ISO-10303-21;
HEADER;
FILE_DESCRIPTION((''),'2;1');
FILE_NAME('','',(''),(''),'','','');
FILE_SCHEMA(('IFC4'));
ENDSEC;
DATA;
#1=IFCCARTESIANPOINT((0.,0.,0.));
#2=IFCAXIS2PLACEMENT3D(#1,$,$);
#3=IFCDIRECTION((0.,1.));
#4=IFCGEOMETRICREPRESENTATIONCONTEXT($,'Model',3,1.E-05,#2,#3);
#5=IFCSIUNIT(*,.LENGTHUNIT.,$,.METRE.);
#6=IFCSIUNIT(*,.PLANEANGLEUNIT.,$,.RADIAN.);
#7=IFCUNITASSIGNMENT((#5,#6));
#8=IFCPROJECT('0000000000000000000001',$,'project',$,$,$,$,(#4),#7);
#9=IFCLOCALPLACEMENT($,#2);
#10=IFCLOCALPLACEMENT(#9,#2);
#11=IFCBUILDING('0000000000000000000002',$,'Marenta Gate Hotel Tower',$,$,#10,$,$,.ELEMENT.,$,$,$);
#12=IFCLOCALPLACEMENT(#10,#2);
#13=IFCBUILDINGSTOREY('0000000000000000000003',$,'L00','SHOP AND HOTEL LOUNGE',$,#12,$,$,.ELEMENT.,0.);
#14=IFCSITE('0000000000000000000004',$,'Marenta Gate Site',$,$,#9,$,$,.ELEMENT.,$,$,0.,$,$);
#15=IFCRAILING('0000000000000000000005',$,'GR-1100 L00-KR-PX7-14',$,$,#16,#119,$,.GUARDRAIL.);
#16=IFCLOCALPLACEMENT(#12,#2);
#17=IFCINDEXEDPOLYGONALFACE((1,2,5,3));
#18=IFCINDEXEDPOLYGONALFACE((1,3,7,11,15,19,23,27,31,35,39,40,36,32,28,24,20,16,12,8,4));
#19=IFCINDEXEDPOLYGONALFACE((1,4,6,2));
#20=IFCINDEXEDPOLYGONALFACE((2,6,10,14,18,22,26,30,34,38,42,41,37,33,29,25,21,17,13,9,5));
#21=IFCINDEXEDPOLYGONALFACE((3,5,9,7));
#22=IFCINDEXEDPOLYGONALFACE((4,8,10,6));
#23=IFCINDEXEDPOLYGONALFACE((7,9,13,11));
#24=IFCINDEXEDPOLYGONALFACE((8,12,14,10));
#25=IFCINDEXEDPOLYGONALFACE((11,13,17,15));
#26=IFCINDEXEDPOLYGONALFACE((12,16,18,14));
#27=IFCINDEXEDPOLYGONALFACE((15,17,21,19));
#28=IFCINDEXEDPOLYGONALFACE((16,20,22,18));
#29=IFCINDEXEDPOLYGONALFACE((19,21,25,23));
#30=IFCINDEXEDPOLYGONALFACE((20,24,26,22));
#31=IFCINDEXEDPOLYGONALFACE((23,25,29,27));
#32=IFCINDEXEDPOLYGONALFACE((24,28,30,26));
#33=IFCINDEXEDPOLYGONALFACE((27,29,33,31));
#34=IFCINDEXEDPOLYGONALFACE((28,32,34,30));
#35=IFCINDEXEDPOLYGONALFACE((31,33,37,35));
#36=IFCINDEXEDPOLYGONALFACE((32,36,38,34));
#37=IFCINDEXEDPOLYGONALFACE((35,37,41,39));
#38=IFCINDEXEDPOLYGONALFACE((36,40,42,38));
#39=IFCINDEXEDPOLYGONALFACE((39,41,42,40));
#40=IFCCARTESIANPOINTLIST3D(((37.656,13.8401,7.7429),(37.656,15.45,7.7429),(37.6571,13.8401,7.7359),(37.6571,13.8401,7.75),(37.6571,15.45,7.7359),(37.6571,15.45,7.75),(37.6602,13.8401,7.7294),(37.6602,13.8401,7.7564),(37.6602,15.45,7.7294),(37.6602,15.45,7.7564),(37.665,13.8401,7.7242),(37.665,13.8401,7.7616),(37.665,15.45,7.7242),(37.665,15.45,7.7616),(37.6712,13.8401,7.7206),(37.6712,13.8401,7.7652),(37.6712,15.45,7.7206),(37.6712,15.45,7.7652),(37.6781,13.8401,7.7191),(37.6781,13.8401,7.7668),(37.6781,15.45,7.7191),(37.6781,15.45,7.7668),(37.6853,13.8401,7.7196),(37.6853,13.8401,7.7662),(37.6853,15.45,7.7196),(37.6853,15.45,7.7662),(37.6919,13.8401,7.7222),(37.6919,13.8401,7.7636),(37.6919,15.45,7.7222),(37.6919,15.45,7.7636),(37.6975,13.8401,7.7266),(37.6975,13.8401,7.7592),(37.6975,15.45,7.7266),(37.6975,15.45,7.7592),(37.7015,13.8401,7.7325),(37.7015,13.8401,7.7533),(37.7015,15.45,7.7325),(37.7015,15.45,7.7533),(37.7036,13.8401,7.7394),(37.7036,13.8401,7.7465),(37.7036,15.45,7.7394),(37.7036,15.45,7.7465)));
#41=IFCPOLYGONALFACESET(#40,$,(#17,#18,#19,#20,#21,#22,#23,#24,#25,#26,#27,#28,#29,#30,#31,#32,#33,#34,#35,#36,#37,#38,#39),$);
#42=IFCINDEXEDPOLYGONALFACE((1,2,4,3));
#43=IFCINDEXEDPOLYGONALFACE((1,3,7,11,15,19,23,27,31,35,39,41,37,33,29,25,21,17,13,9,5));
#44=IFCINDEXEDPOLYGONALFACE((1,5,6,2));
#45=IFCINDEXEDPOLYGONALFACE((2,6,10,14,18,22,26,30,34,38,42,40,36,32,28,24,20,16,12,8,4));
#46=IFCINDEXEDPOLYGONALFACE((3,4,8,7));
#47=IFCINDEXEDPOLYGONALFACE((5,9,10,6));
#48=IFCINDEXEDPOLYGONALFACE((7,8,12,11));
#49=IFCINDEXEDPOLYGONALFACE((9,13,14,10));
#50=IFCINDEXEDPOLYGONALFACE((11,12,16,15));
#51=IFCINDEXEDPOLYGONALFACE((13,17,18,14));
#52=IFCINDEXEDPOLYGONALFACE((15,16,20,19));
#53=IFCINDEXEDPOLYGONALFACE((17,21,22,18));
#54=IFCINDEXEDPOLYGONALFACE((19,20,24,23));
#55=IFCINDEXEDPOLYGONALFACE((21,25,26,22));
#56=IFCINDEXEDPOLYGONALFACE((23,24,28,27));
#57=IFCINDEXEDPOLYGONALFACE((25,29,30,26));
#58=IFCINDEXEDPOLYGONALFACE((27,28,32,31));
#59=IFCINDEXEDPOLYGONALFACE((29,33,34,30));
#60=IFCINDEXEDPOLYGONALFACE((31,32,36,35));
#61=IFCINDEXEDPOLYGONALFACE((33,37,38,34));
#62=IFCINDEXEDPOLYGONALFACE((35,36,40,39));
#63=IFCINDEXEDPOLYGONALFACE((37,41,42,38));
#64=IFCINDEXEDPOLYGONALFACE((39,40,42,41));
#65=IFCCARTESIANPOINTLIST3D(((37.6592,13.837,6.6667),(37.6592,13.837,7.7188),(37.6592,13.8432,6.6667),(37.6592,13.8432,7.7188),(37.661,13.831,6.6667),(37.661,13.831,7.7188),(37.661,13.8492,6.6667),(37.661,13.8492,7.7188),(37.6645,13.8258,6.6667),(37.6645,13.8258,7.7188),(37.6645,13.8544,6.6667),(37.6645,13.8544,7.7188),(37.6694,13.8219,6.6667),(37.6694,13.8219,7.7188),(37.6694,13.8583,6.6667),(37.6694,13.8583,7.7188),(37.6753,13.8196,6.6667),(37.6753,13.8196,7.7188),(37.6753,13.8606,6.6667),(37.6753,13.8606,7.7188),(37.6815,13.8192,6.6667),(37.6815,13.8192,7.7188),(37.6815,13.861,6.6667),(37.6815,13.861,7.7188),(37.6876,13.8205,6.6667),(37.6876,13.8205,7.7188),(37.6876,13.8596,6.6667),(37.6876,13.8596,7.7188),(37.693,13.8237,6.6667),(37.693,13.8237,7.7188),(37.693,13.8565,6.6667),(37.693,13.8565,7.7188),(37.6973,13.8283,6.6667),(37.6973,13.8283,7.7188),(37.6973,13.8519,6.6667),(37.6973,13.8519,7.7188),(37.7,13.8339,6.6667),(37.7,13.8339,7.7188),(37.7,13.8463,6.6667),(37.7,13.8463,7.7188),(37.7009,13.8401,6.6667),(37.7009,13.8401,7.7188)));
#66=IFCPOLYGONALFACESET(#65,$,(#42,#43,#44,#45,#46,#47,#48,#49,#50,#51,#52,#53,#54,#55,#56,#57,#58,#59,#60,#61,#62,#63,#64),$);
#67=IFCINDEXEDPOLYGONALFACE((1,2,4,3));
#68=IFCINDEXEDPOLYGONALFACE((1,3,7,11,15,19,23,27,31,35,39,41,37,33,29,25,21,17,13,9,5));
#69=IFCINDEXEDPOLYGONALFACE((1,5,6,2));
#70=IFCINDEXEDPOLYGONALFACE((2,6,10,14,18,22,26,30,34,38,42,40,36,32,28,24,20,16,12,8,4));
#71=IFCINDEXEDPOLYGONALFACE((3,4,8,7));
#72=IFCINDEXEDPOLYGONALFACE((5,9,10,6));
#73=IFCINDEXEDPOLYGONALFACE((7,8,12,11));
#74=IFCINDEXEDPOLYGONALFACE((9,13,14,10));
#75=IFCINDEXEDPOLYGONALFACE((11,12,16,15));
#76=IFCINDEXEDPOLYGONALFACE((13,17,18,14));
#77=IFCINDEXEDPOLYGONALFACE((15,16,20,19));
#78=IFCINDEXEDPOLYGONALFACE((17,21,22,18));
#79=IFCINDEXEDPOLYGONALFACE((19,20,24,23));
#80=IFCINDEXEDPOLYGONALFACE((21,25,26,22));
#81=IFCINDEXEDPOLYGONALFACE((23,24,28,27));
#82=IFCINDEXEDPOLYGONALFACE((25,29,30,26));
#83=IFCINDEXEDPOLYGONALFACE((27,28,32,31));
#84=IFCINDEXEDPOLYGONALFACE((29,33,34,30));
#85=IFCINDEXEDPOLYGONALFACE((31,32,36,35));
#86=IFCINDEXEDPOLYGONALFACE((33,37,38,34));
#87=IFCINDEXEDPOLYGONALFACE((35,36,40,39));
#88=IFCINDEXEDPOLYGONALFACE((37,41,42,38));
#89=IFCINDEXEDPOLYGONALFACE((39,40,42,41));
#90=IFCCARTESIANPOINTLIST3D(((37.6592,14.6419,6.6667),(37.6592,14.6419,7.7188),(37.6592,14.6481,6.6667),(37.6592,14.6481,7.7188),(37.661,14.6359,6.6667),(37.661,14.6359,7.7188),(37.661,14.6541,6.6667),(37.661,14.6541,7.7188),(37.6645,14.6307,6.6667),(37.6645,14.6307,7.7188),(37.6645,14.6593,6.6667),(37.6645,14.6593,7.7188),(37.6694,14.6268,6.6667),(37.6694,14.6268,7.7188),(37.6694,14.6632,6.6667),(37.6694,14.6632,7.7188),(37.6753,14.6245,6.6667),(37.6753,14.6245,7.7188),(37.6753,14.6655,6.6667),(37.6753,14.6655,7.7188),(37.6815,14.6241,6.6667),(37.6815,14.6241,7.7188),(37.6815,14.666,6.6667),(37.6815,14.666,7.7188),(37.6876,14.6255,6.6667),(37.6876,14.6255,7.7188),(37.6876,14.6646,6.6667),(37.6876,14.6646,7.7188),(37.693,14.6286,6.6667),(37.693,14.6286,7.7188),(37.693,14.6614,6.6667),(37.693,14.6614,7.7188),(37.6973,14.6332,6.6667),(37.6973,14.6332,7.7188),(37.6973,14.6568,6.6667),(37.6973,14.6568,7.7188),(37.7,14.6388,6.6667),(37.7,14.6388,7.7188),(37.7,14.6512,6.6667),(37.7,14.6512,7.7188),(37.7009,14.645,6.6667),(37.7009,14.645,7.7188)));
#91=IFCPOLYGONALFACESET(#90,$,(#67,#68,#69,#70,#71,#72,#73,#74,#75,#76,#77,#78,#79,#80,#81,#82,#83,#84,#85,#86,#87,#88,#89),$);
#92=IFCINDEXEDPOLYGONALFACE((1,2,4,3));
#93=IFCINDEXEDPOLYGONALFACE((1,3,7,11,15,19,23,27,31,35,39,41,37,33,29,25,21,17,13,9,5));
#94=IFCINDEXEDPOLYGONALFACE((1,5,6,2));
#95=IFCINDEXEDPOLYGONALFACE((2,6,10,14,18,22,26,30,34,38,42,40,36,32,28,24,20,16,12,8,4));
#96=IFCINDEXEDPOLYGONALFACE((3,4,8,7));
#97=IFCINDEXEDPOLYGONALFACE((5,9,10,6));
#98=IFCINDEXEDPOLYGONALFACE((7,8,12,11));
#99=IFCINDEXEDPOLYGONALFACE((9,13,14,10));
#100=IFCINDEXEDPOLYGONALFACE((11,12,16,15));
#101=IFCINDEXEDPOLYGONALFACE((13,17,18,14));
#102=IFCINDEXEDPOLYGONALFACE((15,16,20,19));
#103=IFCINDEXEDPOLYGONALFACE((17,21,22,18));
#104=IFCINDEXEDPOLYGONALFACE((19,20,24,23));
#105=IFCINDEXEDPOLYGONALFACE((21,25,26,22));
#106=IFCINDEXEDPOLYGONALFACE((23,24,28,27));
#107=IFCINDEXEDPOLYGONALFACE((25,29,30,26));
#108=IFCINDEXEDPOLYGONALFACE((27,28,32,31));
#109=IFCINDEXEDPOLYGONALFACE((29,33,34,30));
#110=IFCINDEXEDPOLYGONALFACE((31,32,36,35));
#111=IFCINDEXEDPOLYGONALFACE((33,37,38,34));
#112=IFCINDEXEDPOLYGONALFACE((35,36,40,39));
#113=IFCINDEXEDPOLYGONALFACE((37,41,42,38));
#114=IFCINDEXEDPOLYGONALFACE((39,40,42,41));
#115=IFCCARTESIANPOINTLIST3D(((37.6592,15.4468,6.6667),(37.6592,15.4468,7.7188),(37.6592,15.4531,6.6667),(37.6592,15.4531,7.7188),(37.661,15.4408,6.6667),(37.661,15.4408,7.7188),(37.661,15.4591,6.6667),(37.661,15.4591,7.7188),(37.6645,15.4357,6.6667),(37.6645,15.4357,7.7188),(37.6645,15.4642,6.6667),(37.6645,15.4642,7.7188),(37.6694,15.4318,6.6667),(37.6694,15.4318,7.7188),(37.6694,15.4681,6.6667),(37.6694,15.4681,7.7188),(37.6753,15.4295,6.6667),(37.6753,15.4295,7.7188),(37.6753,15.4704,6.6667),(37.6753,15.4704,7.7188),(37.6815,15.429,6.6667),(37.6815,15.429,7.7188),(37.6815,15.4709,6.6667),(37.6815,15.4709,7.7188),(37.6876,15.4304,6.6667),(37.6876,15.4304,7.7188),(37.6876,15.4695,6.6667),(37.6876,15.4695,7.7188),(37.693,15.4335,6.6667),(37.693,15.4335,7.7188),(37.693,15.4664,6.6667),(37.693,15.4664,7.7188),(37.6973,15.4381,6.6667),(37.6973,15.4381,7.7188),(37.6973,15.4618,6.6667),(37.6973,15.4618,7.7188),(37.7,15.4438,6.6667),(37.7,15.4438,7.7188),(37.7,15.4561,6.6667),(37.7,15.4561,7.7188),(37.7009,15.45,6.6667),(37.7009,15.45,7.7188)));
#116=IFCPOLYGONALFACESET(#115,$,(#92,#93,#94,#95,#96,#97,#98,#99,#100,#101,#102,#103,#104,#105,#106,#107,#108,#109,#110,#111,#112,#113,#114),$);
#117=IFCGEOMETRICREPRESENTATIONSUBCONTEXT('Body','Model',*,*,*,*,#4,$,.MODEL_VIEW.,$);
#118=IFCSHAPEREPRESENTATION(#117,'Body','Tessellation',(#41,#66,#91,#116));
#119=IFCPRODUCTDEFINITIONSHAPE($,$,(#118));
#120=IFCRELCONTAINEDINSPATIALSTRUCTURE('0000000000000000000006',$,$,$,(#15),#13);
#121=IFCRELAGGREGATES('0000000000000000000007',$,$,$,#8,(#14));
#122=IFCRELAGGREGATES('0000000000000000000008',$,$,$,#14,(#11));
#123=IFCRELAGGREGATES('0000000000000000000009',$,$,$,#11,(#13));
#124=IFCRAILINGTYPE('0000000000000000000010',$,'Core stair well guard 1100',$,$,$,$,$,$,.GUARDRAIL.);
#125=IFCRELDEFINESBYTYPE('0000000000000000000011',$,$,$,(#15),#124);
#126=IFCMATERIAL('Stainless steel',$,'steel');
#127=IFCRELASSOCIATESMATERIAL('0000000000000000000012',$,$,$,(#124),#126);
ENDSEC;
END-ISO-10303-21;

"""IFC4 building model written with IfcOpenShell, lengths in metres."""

from ifc_helpers import new_model, si_unit, direction, frame, origin, origin_2d, place, context, subcontext, project, spatial, circle, extrude, material, type_object, element, save


model = new_model("IFC4")

# Units and contexts
model_context = context("Model", 3, precision=1e-05, world=origin(), true_north=direction((0.0, 1.0)))
body_context = subcontext(model_context, "Body", "Model", "MODEL_VIEW")
ifc_project = project(units=[si_unit("LENGTHUNIT", "METRE"), si_unit("PLANEANGLEUNIT", "RADIAN")], contexts=[model_context])

# Site, building, storey
site_placement = place(None, origin())
site = spatial("IfcSite", under=ifc_project, at=site_placement, Name="Marenta Gate Site", CompositionType="ELEMENT", RefElevation=0.0)
building_placement = place(site_placement, origin())
building = spatial("IfcBuilding", under=site, at=building_placement, Name="Marenta Gate Hotel Tower", CompositionType="ELEMENT")
storey_placement = place(building_placement, origin())
storey = spatial("IfcBuildingStorey", under=building, at=storey_placement, Name="L00", Description="SHOP AND HOTEL LOUNGE", CompositionType="ELEMENT", Elevation=0.0)

# Railing
ifc_material_1 = material(Name="Stainless steel", Category="steel")
railing_type_1 = type_object("IfcRailingType", Name="Core stair well guard 1100", PredefinedType="GUARDRAIL", material=ifc_material_1)
railing_1_placement = place(storey_placement, frame((37.6799, 13.8401, 6.6667)))
element("IfcRailing", 1, at=railing_1_placement, inside=storey, type_object=railing_type_1, Name="GR-1100 L00-KR-PX7-14", PredefinedType="GUARDRAIL", context=body_context, shape_type="SweptSolid", body=[
    extrude(circle(Radius=0.0239, at=origin_2d()), frame((0.0, 0.0, 1.0762), z_axis=(0.0, 1.0, 0.0), x_axis=(-1.0, 0.0, 0.0)), (0.0, 0.0, 1.0), 1.6099),
    extrude(circle(Radius=0.021, at=origin_2d()), origin(), (0.0, 0.0, 1.0), 1.052),
    extrude(circle(Radius=0.021, at=origin_2d()), frame((0.0, 0.8049, 0.0)), (0.0, 0.0, 1.0), 1.052),
    extrude(circle(Radius=0.021, at=origin_2d()), frame((0.0, 1.6099, 0.0)), (0.0, 0.0, 1.0), 1.052),
])

save(model, "model.ifc")
